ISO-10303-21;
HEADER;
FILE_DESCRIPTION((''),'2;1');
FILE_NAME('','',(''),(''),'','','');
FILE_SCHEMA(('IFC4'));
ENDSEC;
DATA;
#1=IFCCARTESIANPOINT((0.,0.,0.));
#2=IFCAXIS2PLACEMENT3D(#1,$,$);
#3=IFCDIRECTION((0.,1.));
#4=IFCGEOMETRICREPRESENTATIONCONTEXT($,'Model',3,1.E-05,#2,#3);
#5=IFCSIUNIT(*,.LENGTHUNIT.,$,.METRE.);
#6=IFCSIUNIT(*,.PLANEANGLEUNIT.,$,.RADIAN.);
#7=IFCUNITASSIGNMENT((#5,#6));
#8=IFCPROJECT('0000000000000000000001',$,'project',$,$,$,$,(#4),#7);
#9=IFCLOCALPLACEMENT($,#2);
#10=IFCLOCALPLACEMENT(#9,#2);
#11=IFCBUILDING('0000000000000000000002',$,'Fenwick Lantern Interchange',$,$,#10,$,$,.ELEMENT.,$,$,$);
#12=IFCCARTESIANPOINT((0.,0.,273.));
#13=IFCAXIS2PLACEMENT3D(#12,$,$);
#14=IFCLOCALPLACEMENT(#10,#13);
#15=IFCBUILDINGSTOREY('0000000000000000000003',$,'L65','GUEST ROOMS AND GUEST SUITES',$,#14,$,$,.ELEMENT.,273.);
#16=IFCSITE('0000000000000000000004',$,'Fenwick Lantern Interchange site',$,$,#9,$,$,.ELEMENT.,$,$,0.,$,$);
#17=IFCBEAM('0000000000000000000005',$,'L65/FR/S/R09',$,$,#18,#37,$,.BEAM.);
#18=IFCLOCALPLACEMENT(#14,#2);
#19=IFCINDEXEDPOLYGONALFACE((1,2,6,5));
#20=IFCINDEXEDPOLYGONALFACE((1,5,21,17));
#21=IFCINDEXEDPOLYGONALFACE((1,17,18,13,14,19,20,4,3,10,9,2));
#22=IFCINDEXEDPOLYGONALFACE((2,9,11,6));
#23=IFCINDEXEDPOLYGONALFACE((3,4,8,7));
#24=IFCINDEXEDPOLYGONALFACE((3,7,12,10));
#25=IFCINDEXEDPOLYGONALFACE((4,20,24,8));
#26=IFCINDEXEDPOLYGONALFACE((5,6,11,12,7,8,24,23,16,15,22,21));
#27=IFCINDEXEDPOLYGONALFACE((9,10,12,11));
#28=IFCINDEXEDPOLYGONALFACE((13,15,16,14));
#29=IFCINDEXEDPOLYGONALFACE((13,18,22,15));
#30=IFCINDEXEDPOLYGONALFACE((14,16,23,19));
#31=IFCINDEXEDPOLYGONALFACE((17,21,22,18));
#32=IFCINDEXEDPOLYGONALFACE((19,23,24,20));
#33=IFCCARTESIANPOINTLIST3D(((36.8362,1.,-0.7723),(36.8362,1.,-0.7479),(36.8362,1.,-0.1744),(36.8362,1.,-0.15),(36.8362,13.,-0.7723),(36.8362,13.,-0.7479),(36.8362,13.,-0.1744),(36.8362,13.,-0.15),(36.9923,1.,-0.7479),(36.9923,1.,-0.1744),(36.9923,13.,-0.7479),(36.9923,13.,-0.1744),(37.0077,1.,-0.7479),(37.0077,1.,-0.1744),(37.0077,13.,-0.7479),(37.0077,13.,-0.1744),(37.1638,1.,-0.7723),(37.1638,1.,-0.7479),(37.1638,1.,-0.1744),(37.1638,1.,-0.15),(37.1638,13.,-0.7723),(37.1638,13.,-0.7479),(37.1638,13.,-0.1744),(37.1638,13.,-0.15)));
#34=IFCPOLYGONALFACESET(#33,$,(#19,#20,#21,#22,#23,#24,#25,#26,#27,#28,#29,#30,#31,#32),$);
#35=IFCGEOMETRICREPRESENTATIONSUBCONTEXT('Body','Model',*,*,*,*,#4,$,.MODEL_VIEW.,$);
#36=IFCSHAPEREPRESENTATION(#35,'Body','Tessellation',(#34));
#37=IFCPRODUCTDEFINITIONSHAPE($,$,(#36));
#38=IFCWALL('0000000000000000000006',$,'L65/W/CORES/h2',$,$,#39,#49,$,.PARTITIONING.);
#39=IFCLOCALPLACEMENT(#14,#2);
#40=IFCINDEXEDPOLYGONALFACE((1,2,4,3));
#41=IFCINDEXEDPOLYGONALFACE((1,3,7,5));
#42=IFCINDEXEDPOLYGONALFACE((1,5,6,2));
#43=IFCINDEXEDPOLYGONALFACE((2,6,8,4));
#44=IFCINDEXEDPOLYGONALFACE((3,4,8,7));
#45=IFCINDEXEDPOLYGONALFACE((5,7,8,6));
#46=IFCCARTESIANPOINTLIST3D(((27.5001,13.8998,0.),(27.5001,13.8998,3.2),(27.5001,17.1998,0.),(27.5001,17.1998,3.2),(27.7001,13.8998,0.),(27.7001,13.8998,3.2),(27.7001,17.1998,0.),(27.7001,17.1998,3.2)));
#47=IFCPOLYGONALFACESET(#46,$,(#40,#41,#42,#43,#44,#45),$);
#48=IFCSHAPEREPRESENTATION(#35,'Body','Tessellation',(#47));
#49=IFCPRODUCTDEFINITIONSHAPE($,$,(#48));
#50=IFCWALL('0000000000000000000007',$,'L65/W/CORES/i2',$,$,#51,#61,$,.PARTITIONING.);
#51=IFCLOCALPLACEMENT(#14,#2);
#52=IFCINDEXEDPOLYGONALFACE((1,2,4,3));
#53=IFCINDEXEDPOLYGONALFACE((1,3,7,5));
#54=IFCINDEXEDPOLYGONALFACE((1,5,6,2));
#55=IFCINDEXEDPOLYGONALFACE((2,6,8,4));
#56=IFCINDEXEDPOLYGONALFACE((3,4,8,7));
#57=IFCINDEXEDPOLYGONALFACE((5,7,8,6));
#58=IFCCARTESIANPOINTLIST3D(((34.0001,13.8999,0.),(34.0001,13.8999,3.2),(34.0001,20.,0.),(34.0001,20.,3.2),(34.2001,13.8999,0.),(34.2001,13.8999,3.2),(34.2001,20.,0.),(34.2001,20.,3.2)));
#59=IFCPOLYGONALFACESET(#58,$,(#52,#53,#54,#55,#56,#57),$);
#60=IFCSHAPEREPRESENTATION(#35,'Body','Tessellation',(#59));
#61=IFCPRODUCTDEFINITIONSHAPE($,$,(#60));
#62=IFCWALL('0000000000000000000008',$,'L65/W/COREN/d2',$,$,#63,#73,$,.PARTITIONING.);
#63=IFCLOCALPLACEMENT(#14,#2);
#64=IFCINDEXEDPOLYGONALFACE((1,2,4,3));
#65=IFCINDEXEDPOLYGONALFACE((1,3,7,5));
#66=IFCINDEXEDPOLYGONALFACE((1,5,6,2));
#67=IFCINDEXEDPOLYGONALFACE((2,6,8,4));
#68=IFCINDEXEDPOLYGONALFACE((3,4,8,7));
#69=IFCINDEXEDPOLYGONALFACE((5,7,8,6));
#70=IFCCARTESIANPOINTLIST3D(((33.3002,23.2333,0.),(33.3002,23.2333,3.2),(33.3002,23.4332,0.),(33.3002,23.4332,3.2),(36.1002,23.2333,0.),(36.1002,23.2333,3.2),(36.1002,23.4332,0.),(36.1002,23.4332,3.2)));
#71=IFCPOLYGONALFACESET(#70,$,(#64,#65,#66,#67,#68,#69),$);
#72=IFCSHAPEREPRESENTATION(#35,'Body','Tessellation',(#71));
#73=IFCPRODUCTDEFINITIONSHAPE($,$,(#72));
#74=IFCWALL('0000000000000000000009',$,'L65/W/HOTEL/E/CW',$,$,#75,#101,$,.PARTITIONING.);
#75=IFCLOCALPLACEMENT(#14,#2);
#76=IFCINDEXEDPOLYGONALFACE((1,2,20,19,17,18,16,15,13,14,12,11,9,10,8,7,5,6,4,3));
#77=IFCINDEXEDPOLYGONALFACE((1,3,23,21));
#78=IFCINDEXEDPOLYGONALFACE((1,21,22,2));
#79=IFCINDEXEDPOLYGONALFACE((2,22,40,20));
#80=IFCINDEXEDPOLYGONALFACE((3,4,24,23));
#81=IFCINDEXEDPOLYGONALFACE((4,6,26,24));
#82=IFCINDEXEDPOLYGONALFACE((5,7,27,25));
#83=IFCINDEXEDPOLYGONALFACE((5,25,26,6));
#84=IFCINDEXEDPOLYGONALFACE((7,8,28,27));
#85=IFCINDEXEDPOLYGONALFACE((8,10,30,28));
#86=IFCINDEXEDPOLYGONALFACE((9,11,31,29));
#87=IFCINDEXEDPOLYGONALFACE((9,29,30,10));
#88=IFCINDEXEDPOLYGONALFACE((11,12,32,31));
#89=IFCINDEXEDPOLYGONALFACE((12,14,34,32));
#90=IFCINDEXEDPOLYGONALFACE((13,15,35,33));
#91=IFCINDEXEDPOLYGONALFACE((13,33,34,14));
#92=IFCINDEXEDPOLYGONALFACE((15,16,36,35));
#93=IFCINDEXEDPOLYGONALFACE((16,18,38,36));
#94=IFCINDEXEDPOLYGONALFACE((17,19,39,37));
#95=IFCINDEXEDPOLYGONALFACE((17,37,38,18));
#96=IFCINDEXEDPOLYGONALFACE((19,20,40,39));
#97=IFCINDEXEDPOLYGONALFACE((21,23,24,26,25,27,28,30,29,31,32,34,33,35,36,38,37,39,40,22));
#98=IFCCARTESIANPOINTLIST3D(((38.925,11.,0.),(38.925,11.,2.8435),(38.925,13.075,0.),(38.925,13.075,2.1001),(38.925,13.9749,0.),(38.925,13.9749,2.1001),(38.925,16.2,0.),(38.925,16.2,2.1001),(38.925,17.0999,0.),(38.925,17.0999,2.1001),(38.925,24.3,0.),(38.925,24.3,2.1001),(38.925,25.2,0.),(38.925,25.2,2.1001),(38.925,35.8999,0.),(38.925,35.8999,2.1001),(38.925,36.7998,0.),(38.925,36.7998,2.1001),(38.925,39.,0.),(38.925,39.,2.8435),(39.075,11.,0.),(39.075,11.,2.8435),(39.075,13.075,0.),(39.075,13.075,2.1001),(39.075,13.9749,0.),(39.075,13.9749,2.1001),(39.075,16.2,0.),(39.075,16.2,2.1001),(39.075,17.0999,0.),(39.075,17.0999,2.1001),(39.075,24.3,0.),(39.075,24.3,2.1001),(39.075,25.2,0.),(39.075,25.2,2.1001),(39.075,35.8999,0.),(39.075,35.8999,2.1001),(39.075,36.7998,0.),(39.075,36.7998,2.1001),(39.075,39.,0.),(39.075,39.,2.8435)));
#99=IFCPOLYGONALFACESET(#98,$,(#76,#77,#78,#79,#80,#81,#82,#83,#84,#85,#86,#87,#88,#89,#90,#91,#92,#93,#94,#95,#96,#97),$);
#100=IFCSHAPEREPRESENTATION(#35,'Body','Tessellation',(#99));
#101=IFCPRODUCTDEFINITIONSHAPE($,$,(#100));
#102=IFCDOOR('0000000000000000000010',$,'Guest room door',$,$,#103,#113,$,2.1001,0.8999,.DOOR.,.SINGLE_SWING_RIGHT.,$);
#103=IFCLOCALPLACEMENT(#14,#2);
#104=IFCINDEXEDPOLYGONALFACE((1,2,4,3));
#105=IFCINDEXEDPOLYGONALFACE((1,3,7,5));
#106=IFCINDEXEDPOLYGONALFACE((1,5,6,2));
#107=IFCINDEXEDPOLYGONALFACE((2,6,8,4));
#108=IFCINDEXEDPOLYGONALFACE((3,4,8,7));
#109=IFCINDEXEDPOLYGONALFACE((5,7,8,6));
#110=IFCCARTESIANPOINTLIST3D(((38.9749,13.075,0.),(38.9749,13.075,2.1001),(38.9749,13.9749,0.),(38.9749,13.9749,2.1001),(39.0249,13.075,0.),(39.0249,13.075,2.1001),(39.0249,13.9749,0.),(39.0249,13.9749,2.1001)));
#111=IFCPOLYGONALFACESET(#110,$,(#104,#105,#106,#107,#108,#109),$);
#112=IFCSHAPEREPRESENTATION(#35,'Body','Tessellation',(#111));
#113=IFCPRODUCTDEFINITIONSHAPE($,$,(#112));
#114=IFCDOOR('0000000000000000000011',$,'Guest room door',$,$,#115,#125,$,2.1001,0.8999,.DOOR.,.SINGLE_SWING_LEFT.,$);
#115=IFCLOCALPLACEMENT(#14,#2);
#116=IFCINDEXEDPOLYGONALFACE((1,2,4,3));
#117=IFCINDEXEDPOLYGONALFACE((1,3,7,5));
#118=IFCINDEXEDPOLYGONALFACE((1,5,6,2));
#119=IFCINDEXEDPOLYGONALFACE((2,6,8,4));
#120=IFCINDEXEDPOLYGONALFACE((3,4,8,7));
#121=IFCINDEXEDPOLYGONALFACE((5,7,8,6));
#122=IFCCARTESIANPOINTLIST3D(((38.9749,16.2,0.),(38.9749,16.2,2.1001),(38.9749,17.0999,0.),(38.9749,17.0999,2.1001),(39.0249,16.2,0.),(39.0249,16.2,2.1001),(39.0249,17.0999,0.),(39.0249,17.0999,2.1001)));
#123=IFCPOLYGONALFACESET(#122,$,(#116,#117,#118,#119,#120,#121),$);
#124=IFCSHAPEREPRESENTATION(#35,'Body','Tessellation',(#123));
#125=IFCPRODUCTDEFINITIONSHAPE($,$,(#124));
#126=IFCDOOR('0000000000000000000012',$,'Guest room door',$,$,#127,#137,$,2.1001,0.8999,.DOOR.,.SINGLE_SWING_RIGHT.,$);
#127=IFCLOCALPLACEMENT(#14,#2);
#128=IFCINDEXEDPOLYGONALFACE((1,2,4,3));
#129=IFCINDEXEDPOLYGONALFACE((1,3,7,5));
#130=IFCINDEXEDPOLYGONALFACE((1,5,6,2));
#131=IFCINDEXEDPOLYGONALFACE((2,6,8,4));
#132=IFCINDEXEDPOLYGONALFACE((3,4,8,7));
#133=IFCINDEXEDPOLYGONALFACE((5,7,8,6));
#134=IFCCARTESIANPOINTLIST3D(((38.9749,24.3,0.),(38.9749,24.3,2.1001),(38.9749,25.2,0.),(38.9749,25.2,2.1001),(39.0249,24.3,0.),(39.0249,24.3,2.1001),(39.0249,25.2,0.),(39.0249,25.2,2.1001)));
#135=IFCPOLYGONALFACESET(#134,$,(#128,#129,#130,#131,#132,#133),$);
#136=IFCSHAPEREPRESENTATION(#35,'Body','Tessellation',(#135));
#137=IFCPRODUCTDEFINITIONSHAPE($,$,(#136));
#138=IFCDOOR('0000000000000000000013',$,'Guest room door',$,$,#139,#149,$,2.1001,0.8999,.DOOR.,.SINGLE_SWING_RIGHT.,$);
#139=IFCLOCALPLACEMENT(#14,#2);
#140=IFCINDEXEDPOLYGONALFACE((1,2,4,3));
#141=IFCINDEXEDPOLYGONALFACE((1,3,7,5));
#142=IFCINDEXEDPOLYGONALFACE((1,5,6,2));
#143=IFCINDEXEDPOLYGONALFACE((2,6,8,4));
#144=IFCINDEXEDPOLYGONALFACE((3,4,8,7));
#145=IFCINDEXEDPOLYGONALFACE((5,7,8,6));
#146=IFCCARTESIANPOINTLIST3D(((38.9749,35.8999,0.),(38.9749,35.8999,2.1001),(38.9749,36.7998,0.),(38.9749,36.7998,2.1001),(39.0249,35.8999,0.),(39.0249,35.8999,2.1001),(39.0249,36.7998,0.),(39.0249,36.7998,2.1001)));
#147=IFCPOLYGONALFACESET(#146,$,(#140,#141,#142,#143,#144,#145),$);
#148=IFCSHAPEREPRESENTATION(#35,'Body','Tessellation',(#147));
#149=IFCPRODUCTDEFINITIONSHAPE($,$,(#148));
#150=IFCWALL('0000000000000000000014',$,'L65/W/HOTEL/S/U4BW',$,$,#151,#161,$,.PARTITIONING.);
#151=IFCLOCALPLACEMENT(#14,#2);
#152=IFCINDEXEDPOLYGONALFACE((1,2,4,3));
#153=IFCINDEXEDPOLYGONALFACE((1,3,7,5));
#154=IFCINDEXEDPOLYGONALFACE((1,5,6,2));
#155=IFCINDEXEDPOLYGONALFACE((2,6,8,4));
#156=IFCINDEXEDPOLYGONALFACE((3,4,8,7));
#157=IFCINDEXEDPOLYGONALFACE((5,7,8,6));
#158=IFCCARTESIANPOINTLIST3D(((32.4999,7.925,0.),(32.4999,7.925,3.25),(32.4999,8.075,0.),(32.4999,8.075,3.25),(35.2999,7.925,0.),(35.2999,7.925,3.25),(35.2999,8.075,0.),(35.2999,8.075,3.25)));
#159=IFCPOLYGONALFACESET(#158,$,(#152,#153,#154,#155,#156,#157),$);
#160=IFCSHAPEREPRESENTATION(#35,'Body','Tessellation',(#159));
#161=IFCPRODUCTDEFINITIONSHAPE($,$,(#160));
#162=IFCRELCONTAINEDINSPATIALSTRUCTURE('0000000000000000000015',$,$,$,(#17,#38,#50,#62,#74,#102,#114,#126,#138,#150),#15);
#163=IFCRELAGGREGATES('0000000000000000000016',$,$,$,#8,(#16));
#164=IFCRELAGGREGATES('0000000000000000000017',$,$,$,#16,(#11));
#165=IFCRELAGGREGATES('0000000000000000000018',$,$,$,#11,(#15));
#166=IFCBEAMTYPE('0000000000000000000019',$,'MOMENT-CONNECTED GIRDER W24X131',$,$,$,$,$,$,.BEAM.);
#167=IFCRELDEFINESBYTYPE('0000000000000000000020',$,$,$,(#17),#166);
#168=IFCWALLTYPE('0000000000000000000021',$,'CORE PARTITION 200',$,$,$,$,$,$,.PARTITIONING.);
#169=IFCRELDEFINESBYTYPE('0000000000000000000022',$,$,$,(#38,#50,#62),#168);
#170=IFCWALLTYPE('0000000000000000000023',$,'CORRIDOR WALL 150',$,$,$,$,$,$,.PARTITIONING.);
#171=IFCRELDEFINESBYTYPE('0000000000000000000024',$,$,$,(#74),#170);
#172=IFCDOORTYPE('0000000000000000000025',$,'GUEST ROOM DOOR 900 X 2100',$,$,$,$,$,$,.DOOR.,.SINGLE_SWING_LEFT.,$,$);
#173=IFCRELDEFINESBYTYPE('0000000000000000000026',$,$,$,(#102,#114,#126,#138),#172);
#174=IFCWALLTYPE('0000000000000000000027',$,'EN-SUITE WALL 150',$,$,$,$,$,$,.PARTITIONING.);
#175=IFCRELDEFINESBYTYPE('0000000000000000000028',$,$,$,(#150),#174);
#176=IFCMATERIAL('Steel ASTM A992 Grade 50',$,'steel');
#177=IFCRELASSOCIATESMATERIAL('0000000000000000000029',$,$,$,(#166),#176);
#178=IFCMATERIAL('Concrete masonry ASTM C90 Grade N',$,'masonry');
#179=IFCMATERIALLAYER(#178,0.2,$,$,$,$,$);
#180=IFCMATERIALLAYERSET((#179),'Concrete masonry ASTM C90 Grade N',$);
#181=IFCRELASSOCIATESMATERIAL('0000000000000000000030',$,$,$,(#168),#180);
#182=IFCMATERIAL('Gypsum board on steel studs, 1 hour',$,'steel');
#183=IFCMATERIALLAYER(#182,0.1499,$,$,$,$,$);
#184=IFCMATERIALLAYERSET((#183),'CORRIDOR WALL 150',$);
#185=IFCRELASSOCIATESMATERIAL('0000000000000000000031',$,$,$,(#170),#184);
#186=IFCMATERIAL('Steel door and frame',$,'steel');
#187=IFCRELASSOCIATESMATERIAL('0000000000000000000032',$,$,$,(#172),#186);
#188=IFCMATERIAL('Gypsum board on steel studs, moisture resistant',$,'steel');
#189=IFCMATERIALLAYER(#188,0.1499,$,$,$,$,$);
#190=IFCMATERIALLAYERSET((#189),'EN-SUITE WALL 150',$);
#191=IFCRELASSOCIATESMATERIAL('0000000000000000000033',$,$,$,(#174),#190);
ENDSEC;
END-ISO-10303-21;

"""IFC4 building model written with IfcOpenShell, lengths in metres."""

from ifc_helpers import new_model, si_unit, direction, frame, frame_2d, origin, origin_2d, place, context, subcontext, project, spatial, rectangle, i_section, extrude, material, layer, layer_set, material_profile, profile_set, type_object, element, fill, save


model = new_model("IFC4")

# Units and contexts
model_context = context("Model", 3, precision=1e-05, world=origin(), true_north=direction((0.0, 1.0)))
body_context = subcontext(model_context, "Body", "Model", "MODEL_VIEW")
ifc_project = project(units=[si_unit("LENGTHUNIT", "METRE"), si_unit("PLANEANGLEUNIT", "RADIAN")], contexts=[model_context])

# Site, building, storey
site_placement = place(None, origin())
site = spatial("IfcSite", under=ifc_project, at=site_placement, Name="Fenwick Lantern Interchange site", CompositionType="ELEMENT", RefElevation=0.0)
building_placement = place(site_placement, origin())
building = spatial("IfcBuilding", under=site, at=building_placement, Name="Fenwick Lantern Interchange", CompositionType="ELEMENT")
storey_placement = place(building_placement, frame((0.0, 0.0, 273.0)))
storey = spatial("IfcBuildingStorey", under=building, at=storey_placement, Name="L65", Description="GUEST ROOMS AND GUEST SUITES", CompositionType="ELEMENT", Elevation=273.0)

# Beam
ifc_material_1 = material(Name="Steel ASTM A992 Grade 50", Category="steel")
ifc_material_profile_1 = material_profile(ifc_material_1, i_section(OverallWidth=0.3276, OverallDepth=0.6223, WebThickness=0.0154, FlangeThickness=0.0244, at=origin_2d()), Name="W24X131")
ifc_profile_set_1 = profile_set([ifc_material_profile_1], Name="Steel ASTM A992 Grade 50")
beam_type_1 = type_object("IfcBeamType", Name="MOMENT-CONNECTED GIRDER W24X131", PredefinedType="BEAM", material=ifc_profile_set_1)
beam_1_placement = place(storey_placement, frame((37.0, 1.0, -0.4612), z_axis=(0.0, 1.0, 0.0), x_axis=(-1.0, 0.0, 0.0)))
element("IfcBeam", 1, at=beam_1_placement, inside=storey, type_object=beam_type_1, Name="L65/FR/S/R09", PredefinedType="BEAM", context=body_context, shape_type="SweptSolid", body=[
    extrude(i_section(OverallWidth=0.3276, OverallDepth=0.6223, WebThickness=0.0154, FlangeThickness=0.0244, at=origin_2d()), origin(), (0.0, 0.0, 1.0), 12.0),
])

# Walls
ifc_material_2 = material(Name="Concrete masonry ASTM C90 Grade N", Category="masonry")
ifc_layer_1 = layer(ifc_material_2, 0.2)
ifc_layer_set_1 = layer_set([ifc_layer_1], Name="Concrete masonry ASTM C90 Grade N")
wall_type_1 = type_object("IfcWallType", Name="CORE PARTITION 200", PredefinedType="PARTITIONING", material=ifc_layer_set_1)
wall_1_placement = place(storey_placement, frame((27.6001, 13.8999, 0.0), z_axis=(0.0, 0.0, 1.0), x_axis=(0.0, 1.0, 0.0)))
element("IfcWall", 2, at=wall_1_placement, inside=storey, type_object=wall_type_1, Name="L65/W/CORES/h2", PredefinedType="PARTITIONING", context=body_context, shape_type="SweptSolid", body=[
    extrude(rectangle(XDim=3.3, YDim=0.2, at=frame_2d((1.6499, 0.0))), origin(), (0.0, 0.0, 1.0), 3.2),
])
wall_2_placement = place(storey_placement, frame((34.1001, 13.8999, 0.0), z_axis=(0.0, 0.0, 1.0), x_axis=(0.0, 1.0, 0.0)))
element("IfcWall", 3, at=wall_2_placement, inside=storey, type_object=wall_type_1, Name="L65/W/CORES/i2", PredefinedType="PARTITIONING", context=body_context, shape_type="SweptSolid", body=[
    extrude(rectangle(XDim=6.1001, YDim=0.2, at=frame_2d((3.05, 0.0))), origin(), (0.0, 0.0, 1.0), 3.2),
])
wall_3_placement = place(storey_placement, frame((36.1001, 23.3333, 0.0), z_axis=(0.0, 0.0, 1.0), x_axis=(-1.0, 0.0, 0.0)))
element("IfcWall", 4, at=wall_3_placement, inside=storey, type_object=wall_type_1, Name="L65/W/COREN/d2", PredefinedType="PARTITIONING", context=body_context, shape_type="SweptSolid", body=[
    extrude(rectangle(XDim=2.8, YDim=0.2, at=frame_2d((1.3999, 0.0))), origin(), (0.0, 0.0, 1.0), 3.2),
])

# Wall, openings, doors
ifc_material_3 = material(Name="Steel door and frame", Category="steel")
ifc_material_4 = material(Name="Gypsum board on steel studs, 1 hour", Category="steel")
ifc_layer_2 = layer(ifc_material_4, 0.1499)
ifc_layer_set_2 = layer_set([ifc_layer_2], Name="CORRIDOR WALL 150")
wall_type_2 = type_object("IfcWallType", Name="CORRIDOR WALL 150", PredefinedType="PARTITIONING", material=ifc_layer_set_2)
wall_4_placement = place(storey_placement, frame((39.0, 11.0, 0.0), z_axis=(0.0, 0.0, 1.0), x_axis=(0.0, 1.0, 0.0)))
wall_4 = element("IfcWall", 5, at=wall_4_placement, inside=storey, type_object=wall_type_2, Name="L65/W/HOTEL/E/CW", PredefinedType="PARTITIONING", context=body_context, shape_type="SweptSolid", body=[
    extrude(rectangle(XDim=28.0, YDim=0.1499, at=frame_2d((14.0, 0.0))), origin(), (0.0, 0.0, 1.0), 2.8435),
])
opening_1_placement = place(wall_4_placement, frame((2.075, 0.0, 0.0)))
opening_1 = element("IfcOpeningElement", 6, at=opening_1_placement, cuts=wall_4, PredefinedType="OPENING", context=body_context, shape_type="SweptSolid", body=[
    extrude(rectangle(XDim=0.8999, YDim=2.1001, at=frame_2d((0.45, 1.05))), frame((0.0, 0.085, 0.0), z_axis=(0.0, -1.0, 0.0), x_axis=(1.0, 0.0, 0.0)), (0.0, 0.0, 1.0), 0.1699),
])
opening_2_placement = place(wall_4_placement, frame((5.2, 0.0, 0.0)))
opening_2 = element("IfcOpeningElement", 7, at=opening_2_placement, cuts=wall_4, PredefinedType="OPENING", context=body_context, shape_type="SweptSolid", body=[
    extrude(rectangle(XDim=0.8999, YDim=2.1001, at=frame_2d((0.45, 1.05))), frame((0.0, 0.085, 0.0), z_axis=(0.0, -1.0, 0.0), x_axis=(1.0, 0.0, 0.0)), (0.0, 0.0, 1.0), 0.1699),
])
opening_3_placement = place(wall_4_placement, frame((13.3, 0.0, 0.0)))
opening_3 = element("IfcOpeningElement", 8, at=opening_3_placement, cuts=wall_4, PredefinedType="OPENING", context=body_context, shape_type="SweptSolid", body=[
    extrude(rectangle(XDim=0.8999, YDim=2.1001, at=frame_2d((0.45, 1.05))), frame((0.0, 0.085, 0.0), z_axis=(0.0, -1.0, 0.0), x_axis=(1.0, 0.0, 0.0)), (0.0, 0.0, 1.0), 0.1699),
])
opening_4_placement = place(wall_4_placement, frame((24.8999, 0.0, 0.0)))
opening_4 = element("IfcOpeningElement", 9, at=opening_4_placement, cuts=wall_4, PredefinedType="OPENING", context=body_context, shape_type="SweptSolid", body=[
    extrude(rectangle(XDim=0.8999, YDim=2.1001, at=frame_2d((0.45, 1.05))), frame((0.0, 0.085, 0.0), z_axis=(0.0, -1.0, 0.0), x_axis=(1.0, 0.0, 0.0)), (0.0, 0.0, 1.0), 0.1699),
])
door_type_1 = type_object("IfcDoorType", Name="GUEST ROOM DOOR 900 X 2100", OperationType="SINGLE_SWING_LEFT", PredefinedType="DOOR", material=ifc_material_3)
door_1_placement = place(opening_1_placement, frame((0.8999, 0.0, 0.0), z_axis=(0.0, 0.0, 1.0), x_axis=(-1.0, 0.0, 0.0)))
door_1 = element("IfcDoor", 10, at=door_1_placement, inside=storey, type_object=door_type_1, Name="Guest room door", OperationType="SINGLE_SWING_RIGHT", OverallHeight=2.1001, OverallWidth=0.8999, PredefinedType="DOOR", context=body_context, shape_type="SweptSolid", body=[
    extrude(rectangle(XDim=0.8999, YDim=2.1001, at=frame_2d((0.45, 1.05))), frame((0.0, 0.0249, 0.0), z_axis=(0.0, -1.0, 0.0), x_axis=(1.0, 0.0, 0.0)), (0.0, 0.0, 1.0), 0.05),
])
fill(opening_1, door_1)
door_2_placement = place(opening_2_placement, frame((0.8999, 0.0, 0.0), z_axis=(0.0, 0.0, 1.0), x_axis=(-1.0, 0.0, 0.0)))
door_2 = element("IfcDoor", 11, at=door_2_placement, inside=storey, type_object=door_type_1, Name="Guest room door", OperationType="SINGLE_SWING_LEFT", OverallHeight=2.1001, OverallWidth=0.8999, PredefinedType="DOOR", context=body_context, shape_type="SweptSolid", body=[
    extrude(rectangle(XDim=0.8999, YDim=2.1001, at=frame_2d((0.45, 1.05))), frame((0.0, 0.0249, 0.0), z_axis=(0.0, -1.0, 0.0), x_axis=(1.0, 0.0, 0.0)), (0.0, 0.0, 1.0), 0.05),
])
fill(opening_2, door_2)
door_3_placement = place(opening_3_placement, frame((0.8999, 0.0, 0.0), z_axis=(0.0, 0.0, 1.0), x_axis=(-1.0, 0.0, 0.0)))
door_3 = element("IfcDoor", 12, at=door_3_placement, inside=storey, type_object=door_type_1, Name="Guest room door", OperationType="SINGLE_SWING_RIGHT", OverallHeight=2.1001, OverallWidth=0.8999, PredefinedType="DOOR", context=body_context, shape_type="SweptSolid", body=[
    extrude(rectangle(XDim=0.8999, YDim=2.1001, at=frame_2d((0.45, 1.05))), frame((0.0, 0.0249, 0.0), z_axis=(0.0, -1.0, 0.0), x_axis=(1.0, 0.0, 0.0)), (0.0, 0.0, 1.0), 0.05),
])
fill(opening_3, door_3)
door_4_placement = place(opening_4_placement, frame((0.8999, 0.0, 0.0), z_axis=(0.0, 0.0, 1.0), x_axis=(-1.0, 0.0, 0.0)))
door_4 = element("IfcDoor", 13, at=door_4_placement, inside=storey, type_object=door_type_1, Name="Guest room door", OperationType="SINGLE_SWING_RIGHT", OverallHeight=2.1001, OverallWidth=0.8999, PredefinedType="DOOR", context=body_context, shape_type="SweptSolid", body=[
    extrude(rectangle(XDim=0.8999, YDim=2.1001, at=frame_2d((0.45, 1.05))), frame((0.0, 0.0249, 0.0), z_axis=(0.0, -1.0, 0.0), x_axis=(1.0, 0.0, 0.0)), (0.0, 0.0, 1.0), 0.05),
])
fill(opening_4, door_4)

# Wall
ifc_material_5 = material(Name="Gypsum board on steel studs, moisture resistant", Category="steel")
ifc_layer_3 = layer(ifc_material_5, 0.1499)
ifc_layer_set_3 = layer_set([ifc_layer_3], Name="EN-SUITE WALL 150")
wall_type_3 = type_object("IfcWallType", Name="EN-SUITE WALL 150", PredefinedType="PARTITIONING", material=ifc_layer_set_3)
wall_5_placement = place(storey_placement, frame((32.5, 8.0, 0.0), z_axis=(0.0, 0.0, 1.0), x_axis=(1.0, 0.0, 0.0)))
element("IfcWall", 14, at=wall_5_placement, inside=storey, type_object=wall_type_3, Name="L65/W/HOTEL/S/U4BW", PredefinedType="PARTITIONING", context=body_context, shape_type="SweptSolid", body=[
    extrude(rectangle(XDim=2.8, YDim=0.1499, at=frame_2d((1.3999, 0.0))), origin(), (0.0, 0.0, 1.0), 3.25),
])

save(model, "model.ifc")
